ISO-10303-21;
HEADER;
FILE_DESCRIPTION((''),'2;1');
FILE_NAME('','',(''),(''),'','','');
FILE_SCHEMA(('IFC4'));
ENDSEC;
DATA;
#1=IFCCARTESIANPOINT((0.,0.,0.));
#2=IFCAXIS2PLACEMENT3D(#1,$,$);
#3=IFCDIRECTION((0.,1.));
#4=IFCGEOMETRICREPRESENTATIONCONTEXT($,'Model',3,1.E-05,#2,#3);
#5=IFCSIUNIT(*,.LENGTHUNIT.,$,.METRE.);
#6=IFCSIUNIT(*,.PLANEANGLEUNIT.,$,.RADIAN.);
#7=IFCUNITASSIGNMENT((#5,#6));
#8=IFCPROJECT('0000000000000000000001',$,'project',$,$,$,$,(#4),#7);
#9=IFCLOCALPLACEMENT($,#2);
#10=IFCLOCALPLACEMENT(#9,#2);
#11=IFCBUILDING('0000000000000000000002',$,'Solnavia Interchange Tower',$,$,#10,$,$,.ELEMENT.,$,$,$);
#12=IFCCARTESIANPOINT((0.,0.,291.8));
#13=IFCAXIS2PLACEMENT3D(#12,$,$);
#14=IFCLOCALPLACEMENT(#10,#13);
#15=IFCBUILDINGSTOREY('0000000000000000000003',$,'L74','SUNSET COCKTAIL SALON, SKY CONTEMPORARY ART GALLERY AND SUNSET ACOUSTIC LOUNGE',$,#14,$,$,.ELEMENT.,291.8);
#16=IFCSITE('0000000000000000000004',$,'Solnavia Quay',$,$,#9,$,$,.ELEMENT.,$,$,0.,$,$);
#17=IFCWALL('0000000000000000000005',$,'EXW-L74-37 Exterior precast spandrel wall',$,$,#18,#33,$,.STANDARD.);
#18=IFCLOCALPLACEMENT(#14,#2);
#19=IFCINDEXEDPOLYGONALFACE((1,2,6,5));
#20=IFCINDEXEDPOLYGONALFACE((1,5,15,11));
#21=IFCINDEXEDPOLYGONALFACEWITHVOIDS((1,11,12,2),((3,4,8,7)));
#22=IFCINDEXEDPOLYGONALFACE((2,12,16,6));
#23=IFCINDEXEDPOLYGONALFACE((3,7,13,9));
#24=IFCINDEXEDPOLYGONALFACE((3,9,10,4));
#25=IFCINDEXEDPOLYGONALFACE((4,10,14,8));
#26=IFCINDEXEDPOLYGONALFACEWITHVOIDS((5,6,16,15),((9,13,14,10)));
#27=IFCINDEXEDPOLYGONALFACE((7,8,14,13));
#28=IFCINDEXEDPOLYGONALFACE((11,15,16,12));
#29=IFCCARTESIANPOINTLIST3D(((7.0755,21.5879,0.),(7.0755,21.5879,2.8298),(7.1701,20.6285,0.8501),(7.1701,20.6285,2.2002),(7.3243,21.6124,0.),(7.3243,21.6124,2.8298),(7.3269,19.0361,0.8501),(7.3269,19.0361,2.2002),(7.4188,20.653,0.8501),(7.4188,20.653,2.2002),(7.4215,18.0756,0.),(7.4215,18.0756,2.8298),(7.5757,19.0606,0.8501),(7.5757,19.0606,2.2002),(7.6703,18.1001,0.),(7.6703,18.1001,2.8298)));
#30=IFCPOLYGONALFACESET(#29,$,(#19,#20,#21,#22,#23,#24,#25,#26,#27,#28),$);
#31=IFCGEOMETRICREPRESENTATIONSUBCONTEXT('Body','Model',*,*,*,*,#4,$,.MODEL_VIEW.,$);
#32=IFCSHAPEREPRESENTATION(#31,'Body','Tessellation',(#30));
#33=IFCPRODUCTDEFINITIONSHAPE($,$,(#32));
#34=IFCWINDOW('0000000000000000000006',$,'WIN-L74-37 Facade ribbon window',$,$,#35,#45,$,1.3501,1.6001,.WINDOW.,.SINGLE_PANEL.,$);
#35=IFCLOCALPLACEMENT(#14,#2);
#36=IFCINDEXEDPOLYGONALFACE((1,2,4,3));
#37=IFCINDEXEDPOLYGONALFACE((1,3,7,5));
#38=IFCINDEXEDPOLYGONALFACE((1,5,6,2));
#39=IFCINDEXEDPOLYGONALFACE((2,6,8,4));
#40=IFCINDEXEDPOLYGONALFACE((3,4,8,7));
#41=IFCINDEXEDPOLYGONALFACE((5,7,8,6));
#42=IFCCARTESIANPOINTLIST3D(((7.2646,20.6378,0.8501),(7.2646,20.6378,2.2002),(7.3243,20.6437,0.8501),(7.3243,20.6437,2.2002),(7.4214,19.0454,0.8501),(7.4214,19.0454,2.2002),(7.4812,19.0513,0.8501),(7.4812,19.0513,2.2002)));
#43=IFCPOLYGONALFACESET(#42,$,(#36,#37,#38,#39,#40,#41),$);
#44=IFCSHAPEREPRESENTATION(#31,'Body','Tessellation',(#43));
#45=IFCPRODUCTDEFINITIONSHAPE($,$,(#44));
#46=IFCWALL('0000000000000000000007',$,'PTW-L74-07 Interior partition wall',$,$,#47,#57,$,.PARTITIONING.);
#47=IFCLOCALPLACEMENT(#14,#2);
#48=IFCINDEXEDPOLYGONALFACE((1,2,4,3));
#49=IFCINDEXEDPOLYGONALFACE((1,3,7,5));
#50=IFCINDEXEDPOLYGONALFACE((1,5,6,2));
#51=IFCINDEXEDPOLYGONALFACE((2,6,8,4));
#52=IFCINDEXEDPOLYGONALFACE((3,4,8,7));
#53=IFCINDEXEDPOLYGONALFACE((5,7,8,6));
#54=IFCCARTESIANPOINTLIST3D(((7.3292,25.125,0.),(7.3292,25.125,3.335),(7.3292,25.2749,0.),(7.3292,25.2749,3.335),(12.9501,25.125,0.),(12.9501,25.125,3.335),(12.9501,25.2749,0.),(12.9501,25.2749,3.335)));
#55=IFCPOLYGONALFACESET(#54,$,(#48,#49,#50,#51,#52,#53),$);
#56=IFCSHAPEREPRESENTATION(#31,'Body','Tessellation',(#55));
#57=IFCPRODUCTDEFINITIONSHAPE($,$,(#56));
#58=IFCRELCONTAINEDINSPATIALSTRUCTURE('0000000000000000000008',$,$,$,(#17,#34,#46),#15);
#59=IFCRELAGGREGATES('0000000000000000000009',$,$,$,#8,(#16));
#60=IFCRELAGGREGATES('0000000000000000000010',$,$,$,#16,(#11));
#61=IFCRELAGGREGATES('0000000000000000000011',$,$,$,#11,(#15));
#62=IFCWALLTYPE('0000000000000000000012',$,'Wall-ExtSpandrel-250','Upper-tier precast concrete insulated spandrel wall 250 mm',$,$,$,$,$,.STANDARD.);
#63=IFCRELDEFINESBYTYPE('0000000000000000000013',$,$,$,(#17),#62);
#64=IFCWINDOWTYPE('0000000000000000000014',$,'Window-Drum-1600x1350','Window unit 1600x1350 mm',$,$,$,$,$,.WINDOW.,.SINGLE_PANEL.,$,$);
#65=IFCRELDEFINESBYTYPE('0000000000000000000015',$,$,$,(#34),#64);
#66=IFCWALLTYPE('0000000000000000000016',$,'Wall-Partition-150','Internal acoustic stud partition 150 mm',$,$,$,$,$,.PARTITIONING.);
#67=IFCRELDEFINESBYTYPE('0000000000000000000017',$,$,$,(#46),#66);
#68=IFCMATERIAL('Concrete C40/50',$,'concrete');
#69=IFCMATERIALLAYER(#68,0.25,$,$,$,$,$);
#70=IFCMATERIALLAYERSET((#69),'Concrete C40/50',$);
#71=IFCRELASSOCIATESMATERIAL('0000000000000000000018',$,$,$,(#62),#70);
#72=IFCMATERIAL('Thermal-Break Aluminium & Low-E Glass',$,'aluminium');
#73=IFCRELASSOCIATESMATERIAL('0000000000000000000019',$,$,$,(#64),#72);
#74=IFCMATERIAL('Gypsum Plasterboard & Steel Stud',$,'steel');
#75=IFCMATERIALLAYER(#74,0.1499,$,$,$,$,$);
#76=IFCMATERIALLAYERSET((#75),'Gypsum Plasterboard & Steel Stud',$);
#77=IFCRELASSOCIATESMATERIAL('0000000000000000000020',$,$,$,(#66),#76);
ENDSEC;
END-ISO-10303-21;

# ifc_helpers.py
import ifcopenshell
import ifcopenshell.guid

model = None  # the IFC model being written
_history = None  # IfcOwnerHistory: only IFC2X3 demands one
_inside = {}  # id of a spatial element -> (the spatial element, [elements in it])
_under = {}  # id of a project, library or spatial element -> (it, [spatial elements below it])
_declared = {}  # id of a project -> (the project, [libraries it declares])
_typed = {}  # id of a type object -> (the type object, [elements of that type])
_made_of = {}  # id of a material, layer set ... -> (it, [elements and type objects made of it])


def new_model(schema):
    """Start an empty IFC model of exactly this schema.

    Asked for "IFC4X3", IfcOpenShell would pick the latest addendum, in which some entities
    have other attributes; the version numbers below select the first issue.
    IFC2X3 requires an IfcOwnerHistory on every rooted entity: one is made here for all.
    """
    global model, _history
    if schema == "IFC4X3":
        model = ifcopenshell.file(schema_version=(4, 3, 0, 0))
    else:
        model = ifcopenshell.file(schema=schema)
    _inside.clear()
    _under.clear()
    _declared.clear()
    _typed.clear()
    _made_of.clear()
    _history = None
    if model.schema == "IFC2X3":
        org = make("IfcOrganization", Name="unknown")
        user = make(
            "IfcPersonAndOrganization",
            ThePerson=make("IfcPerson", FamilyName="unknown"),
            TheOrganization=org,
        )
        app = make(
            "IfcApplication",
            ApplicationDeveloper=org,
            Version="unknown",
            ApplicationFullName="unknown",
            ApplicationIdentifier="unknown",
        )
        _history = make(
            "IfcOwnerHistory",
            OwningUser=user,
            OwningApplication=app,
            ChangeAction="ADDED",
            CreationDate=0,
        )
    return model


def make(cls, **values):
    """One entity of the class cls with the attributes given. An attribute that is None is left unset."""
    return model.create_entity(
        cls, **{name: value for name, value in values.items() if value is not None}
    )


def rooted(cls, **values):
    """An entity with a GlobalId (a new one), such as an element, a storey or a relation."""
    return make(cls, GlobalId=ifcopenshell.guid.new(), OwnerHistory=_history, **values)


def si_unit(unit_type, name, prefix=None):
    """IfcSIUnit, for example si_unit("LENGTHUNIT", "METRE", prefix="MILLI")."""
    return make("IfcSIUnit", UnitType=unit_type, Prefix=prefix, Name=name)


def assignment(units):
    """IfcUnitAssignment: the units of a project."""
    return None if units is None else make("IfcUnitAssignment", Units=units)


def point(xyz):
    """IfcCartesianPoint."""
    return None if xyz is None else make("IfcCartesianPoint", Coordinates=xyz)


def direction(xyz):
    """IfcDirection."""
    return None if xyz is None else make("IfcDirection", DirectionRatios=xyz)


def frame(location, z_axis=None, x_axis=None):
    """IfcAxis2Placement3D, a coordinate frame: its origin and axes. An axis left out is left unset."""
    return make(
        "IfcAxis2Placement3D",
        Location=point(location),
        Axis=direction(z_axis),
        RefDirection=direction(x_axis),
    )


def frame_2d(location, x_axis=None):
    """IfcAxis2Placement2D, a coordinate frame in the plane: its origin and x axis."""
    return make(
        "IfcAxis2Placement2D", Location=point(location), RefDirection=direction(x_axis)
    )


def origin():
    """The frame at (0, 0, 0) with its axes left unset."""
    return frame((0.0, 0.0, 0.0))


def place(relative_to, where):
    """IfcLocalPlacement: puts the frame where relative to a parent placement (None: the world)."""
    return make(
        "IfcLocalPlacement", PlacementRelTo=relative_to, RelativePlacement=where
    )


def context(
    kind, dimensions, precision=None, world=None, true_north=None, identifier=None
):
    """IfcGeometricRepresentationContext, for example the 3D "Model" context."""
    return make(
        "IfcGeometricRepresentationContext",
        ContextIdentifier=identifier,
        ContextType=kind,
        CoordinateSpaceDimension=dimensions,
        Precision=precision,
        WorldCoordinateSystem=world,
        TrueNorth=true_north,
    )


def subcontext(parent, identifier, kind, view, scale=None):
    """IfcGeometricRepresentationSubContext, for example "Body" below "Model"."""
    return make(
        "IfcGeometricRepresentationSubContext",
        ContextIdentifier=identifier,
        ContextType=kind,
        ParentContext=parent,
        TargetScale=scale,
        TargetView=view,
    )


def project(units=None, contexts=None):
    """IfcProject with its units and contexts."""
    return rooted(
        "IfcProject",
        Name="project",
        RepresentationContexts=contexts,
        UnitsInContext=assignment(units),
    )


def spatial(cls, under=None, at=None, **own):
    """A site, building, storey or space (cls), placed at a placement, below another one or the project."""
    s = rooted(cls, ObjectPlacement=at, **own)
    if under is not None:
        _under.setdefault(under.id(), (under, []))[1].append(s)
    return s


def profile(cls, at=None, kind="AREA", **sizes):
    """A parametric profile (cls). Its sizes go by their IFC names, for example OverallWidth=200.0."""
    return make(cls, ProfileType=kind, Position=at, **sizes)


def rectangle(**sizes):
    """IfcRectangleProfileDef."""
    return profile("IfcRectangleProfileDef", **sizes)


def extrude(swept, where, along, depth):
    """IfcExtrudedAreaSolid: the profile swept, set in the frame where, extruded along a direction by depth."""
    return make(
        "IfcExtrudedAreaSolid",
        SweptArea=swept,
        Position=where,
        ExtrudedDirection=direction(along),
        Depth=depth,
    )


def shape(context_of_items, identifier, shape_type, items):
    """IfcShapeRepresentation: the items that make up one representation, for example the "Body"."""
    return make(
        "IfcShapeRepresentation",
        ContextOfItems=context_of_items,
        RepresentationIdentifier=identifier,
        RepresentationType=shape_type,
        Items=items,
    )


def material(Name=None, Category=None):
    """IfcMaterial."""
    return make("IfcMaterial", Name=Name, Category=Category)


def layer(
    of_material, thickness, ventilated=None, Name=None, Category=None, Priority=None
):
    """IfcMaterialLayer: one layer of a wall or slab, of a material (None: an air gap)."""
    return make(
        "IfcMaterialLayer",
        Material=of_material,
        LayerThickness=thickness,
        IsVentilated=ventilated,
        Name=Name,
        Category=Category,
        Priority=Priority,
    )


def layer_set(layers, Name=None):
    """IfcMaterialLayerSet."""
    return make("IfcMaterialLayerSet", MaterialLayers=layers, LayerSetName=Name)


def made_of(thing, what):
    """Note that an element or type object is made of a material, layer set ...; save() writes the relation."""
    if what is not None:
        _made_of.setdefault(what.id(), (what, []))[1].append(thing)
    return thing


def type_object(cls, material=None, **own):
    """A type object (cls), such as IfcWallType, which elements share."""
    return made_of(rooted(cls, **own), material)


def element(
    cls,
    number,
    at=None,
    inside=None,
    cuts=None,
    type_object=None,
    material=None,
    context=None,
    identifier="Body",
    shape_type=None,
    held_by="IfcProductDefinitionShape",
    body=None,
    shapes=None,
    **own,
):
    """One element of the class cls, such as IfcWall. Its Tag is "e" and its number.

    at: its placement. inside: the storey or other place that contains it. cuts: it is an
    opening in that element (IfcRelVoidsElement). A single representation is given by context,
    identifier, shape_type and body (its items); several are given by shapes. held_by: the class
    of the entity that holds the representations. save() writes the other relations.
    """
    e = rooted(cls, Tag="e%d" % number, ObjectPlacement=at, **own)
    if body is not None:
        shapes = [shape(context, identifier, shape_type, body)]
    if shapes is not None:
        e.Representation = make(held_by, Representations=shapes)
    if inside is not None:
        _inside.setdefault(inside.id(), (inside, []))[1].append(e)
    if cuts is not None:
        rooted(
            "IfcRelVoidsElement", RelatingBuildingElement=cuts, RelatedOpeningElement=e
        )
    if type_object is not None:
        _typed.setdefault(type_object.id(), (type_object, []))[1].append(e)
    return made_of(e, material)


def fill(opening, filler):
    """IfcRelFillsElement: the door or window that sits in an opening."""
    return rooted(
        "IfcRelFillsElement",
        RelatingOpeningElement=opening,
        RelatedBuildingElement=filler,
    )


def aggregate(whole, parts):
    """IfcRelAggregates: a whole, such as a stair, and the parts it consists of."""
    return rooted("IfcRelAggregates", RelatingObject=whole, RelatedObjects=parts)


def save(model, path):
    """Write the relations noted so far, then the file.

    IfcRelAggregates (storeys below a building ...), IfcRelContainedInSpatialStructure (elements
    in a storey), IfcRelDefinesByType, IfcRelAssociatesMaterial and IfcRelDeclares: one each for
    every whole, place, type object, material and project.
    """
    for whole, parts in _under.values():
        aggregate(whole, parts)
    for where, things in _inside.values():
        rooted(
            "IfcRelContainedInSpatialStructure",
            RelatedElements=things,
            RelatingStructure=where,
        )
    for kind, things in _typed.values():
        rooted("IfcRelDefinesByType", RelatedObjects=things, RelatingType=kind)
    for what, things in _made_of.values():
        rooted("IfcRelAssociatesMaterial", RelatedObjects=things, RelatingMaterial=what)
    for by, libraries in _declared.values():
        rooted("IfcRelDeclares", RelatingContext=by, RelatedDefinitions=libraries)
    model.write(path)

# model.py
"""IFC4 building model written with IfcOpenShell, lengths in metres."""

from ifc_helpers import new_model, si_unit, direction, frame, frame_2d, origin, place, context, subcontext, project, spatial, rectangle, extrude, material, layer, layer_set, type_object, element, fill, save


model = new_model("IFC4")

# Units and contexts
model_context = context("Model", 3, precision=1e-05, world=origin(), true_north=direction((0.0, 1.0)))
body_context = subcontext(model_context, "Body", "Model", "MODEL_VIEW")
ifc_project = project(units=[si_unit("LENGTHUNIT", "METRE"), si_unit("PLANEANGLEUNIT", "RADIAN")], contexts=[model_context])

# Site, building, storey
site_placement = place(None, origin())
site = spatial("IfcSite", under=ifc_project, at=site_placement, Name="Solnavia Quay", CompositionType="ELEMENT", RefElevation=0.0)
building_placement = place(site_placement, origin())
building = spatial("IfcBuilding", under=site, at=building_placement, Name="Solnavia Interchange Tower", CompositionType="ELEMENT")
storey_placement = place(building_placement, frame((0.0, 0.0, 291.8)))
storey = spatial("IfcBuildingStorey", under=building, at=storey_placement, Name="L74", Description="SUNSET COCKTAIL SALON, SKY CONTEMPORARY ART GALLERY AND SUNSET ACOUSTIC LOUNGE", CompositionType="ELEMENT", Elevation=291.8)

# Wall, opening, window
ifc_material_1 = material(Name="Concrete C40/50", Category="concrete")
ifc_layer_1 = layer(ifc_material_1, 0.25)
ifc_layer_set_1 = layer_set([ifc_layer_1], Name="Concrete C40/50")
wall_type_1 = type_object("IfcWallType", Name="Wall-ExtSpandrel-250", Description="Upper-tier precast concrete insulated spandrel wall 250 mm", PredefinedType="STANDARD", material=ifc_layer_set_1)
ifc_material_2 = material(Name="Thermal-Break Aluminium & Low-E Glass", Category="aluminium")
wall_1_placement = place(storey_placement, frame((7.5459, 18.0879, 0.0), z_axis=(0.0, 0.0, 1.0), x_axis=(-0.098024, 0.995184, 0.0)))
wall_1 = element("IfcWall", 1, at=wall_1_placement, inside=storey, type_object=wall_type_1, Name="EXW-L74-37 Exterior precast spandrel wall", PredefinedType="STANDARD", context=body_context, shape_type="SweptSolid", body=[
    extrude(rectangle(XDim=3.5293, YDim=0.25, at=frame_2d((1.7646, 0.0))), origin(), (0.0, 0.0, 1.0), 2.8298),
])
opening_1_placement = place(wall_1_placement, frame((0.9651, 0.0, 0.8501)))
opening_1 = element("IfcOpeningElement", 2, at=opening_1_placement, cuts=wall_1, PredefinedType="OPENING", context=body_context, shape_type="SweptSolid", body=[
    extrude(rectangle(XDim=1.6001, YDim=1.3501, at=frame_2d((0.8, 0.675))), frame((0.0, 0.135, 0.0), z_axis=(0.0, -1.0, 0.0), x_axis=(1.0, 0.0, 0.0)), (0.0, 0.0, 1.0), 0.27),
])
window_type_1 = type_object("IfcWindowType", Name="Window-Drum-1600x1350", Description="Window unit 1600x1350 mm", PartitioningType="SINGLE_PANEL", PredefinedType="WINDOW", material=ifc_material_2)
window_1_placement = place(opening_1_placement, origin())
window_1 = element("IfcWindow", 3, at=window_1_placement, inside=storey, type_object=window_type_1, Name="WIN-L74-37 Facade ribbon window", OverallHeight=1.3501, OverallWidth=1.6001, PartitioningType="SINGLE_PANEL", PredefinedType="WINDOW", context=body_context, shape_type="SweptSolid", body=[
    extrude(rectangle(XDim=1.6001, YDim=1.3501, at=frame_2d((0.8, 0.675))), frame((0.0, 0.03, 0.0), z_axis=(0.0, -1.0, 0.0), x_axis=(1.0, 0.0, 0.0)), (0.0, 0.0, 1.0), 0.0601),
])
fill(opening_1, window_1)

# Wall
ifc_material_3 = material(Name="Gypsum Plasterboard & Steel Stud", Category="steel")
ifc_layer_2 = layer(ifc_material_3, 0.1499)
ifc_layer_set_2 = layer_set([ifc_layer_2], Name="Gypsum Plasterboard & Steel Stud")
wall_type_2 = type_object("IfcWallType", Name="Wall-Partition-150", Description="Internal acoustic stud partition 150 mm", PredefinedType="PARTITIONING", material=ifc_layer_set_2)
wall_2_placement = place(storey_placement, frame((7.3291, 25.2, 0.0), z_axis=(0.0, 0.0, 1.0), x_axis=(1.0, 0.0, 0.0)))
element("IfcWall", 4, at=wall_2_placement, inside=storey, type_object=wall_type_2, Name="PTW-L74-07 Interior partition wall", PredefinedType="PARTITIONING", context=body_context, shape_type="SweptSolid", body=[
    extrude(rectangle(XDim=5.6208, YDim=0.1499, at=frame_2d((2.8105, 0.0))), origin(), (0.0, 0.0, 1.0), 3.335),
])

save(model, "model.ifc")
